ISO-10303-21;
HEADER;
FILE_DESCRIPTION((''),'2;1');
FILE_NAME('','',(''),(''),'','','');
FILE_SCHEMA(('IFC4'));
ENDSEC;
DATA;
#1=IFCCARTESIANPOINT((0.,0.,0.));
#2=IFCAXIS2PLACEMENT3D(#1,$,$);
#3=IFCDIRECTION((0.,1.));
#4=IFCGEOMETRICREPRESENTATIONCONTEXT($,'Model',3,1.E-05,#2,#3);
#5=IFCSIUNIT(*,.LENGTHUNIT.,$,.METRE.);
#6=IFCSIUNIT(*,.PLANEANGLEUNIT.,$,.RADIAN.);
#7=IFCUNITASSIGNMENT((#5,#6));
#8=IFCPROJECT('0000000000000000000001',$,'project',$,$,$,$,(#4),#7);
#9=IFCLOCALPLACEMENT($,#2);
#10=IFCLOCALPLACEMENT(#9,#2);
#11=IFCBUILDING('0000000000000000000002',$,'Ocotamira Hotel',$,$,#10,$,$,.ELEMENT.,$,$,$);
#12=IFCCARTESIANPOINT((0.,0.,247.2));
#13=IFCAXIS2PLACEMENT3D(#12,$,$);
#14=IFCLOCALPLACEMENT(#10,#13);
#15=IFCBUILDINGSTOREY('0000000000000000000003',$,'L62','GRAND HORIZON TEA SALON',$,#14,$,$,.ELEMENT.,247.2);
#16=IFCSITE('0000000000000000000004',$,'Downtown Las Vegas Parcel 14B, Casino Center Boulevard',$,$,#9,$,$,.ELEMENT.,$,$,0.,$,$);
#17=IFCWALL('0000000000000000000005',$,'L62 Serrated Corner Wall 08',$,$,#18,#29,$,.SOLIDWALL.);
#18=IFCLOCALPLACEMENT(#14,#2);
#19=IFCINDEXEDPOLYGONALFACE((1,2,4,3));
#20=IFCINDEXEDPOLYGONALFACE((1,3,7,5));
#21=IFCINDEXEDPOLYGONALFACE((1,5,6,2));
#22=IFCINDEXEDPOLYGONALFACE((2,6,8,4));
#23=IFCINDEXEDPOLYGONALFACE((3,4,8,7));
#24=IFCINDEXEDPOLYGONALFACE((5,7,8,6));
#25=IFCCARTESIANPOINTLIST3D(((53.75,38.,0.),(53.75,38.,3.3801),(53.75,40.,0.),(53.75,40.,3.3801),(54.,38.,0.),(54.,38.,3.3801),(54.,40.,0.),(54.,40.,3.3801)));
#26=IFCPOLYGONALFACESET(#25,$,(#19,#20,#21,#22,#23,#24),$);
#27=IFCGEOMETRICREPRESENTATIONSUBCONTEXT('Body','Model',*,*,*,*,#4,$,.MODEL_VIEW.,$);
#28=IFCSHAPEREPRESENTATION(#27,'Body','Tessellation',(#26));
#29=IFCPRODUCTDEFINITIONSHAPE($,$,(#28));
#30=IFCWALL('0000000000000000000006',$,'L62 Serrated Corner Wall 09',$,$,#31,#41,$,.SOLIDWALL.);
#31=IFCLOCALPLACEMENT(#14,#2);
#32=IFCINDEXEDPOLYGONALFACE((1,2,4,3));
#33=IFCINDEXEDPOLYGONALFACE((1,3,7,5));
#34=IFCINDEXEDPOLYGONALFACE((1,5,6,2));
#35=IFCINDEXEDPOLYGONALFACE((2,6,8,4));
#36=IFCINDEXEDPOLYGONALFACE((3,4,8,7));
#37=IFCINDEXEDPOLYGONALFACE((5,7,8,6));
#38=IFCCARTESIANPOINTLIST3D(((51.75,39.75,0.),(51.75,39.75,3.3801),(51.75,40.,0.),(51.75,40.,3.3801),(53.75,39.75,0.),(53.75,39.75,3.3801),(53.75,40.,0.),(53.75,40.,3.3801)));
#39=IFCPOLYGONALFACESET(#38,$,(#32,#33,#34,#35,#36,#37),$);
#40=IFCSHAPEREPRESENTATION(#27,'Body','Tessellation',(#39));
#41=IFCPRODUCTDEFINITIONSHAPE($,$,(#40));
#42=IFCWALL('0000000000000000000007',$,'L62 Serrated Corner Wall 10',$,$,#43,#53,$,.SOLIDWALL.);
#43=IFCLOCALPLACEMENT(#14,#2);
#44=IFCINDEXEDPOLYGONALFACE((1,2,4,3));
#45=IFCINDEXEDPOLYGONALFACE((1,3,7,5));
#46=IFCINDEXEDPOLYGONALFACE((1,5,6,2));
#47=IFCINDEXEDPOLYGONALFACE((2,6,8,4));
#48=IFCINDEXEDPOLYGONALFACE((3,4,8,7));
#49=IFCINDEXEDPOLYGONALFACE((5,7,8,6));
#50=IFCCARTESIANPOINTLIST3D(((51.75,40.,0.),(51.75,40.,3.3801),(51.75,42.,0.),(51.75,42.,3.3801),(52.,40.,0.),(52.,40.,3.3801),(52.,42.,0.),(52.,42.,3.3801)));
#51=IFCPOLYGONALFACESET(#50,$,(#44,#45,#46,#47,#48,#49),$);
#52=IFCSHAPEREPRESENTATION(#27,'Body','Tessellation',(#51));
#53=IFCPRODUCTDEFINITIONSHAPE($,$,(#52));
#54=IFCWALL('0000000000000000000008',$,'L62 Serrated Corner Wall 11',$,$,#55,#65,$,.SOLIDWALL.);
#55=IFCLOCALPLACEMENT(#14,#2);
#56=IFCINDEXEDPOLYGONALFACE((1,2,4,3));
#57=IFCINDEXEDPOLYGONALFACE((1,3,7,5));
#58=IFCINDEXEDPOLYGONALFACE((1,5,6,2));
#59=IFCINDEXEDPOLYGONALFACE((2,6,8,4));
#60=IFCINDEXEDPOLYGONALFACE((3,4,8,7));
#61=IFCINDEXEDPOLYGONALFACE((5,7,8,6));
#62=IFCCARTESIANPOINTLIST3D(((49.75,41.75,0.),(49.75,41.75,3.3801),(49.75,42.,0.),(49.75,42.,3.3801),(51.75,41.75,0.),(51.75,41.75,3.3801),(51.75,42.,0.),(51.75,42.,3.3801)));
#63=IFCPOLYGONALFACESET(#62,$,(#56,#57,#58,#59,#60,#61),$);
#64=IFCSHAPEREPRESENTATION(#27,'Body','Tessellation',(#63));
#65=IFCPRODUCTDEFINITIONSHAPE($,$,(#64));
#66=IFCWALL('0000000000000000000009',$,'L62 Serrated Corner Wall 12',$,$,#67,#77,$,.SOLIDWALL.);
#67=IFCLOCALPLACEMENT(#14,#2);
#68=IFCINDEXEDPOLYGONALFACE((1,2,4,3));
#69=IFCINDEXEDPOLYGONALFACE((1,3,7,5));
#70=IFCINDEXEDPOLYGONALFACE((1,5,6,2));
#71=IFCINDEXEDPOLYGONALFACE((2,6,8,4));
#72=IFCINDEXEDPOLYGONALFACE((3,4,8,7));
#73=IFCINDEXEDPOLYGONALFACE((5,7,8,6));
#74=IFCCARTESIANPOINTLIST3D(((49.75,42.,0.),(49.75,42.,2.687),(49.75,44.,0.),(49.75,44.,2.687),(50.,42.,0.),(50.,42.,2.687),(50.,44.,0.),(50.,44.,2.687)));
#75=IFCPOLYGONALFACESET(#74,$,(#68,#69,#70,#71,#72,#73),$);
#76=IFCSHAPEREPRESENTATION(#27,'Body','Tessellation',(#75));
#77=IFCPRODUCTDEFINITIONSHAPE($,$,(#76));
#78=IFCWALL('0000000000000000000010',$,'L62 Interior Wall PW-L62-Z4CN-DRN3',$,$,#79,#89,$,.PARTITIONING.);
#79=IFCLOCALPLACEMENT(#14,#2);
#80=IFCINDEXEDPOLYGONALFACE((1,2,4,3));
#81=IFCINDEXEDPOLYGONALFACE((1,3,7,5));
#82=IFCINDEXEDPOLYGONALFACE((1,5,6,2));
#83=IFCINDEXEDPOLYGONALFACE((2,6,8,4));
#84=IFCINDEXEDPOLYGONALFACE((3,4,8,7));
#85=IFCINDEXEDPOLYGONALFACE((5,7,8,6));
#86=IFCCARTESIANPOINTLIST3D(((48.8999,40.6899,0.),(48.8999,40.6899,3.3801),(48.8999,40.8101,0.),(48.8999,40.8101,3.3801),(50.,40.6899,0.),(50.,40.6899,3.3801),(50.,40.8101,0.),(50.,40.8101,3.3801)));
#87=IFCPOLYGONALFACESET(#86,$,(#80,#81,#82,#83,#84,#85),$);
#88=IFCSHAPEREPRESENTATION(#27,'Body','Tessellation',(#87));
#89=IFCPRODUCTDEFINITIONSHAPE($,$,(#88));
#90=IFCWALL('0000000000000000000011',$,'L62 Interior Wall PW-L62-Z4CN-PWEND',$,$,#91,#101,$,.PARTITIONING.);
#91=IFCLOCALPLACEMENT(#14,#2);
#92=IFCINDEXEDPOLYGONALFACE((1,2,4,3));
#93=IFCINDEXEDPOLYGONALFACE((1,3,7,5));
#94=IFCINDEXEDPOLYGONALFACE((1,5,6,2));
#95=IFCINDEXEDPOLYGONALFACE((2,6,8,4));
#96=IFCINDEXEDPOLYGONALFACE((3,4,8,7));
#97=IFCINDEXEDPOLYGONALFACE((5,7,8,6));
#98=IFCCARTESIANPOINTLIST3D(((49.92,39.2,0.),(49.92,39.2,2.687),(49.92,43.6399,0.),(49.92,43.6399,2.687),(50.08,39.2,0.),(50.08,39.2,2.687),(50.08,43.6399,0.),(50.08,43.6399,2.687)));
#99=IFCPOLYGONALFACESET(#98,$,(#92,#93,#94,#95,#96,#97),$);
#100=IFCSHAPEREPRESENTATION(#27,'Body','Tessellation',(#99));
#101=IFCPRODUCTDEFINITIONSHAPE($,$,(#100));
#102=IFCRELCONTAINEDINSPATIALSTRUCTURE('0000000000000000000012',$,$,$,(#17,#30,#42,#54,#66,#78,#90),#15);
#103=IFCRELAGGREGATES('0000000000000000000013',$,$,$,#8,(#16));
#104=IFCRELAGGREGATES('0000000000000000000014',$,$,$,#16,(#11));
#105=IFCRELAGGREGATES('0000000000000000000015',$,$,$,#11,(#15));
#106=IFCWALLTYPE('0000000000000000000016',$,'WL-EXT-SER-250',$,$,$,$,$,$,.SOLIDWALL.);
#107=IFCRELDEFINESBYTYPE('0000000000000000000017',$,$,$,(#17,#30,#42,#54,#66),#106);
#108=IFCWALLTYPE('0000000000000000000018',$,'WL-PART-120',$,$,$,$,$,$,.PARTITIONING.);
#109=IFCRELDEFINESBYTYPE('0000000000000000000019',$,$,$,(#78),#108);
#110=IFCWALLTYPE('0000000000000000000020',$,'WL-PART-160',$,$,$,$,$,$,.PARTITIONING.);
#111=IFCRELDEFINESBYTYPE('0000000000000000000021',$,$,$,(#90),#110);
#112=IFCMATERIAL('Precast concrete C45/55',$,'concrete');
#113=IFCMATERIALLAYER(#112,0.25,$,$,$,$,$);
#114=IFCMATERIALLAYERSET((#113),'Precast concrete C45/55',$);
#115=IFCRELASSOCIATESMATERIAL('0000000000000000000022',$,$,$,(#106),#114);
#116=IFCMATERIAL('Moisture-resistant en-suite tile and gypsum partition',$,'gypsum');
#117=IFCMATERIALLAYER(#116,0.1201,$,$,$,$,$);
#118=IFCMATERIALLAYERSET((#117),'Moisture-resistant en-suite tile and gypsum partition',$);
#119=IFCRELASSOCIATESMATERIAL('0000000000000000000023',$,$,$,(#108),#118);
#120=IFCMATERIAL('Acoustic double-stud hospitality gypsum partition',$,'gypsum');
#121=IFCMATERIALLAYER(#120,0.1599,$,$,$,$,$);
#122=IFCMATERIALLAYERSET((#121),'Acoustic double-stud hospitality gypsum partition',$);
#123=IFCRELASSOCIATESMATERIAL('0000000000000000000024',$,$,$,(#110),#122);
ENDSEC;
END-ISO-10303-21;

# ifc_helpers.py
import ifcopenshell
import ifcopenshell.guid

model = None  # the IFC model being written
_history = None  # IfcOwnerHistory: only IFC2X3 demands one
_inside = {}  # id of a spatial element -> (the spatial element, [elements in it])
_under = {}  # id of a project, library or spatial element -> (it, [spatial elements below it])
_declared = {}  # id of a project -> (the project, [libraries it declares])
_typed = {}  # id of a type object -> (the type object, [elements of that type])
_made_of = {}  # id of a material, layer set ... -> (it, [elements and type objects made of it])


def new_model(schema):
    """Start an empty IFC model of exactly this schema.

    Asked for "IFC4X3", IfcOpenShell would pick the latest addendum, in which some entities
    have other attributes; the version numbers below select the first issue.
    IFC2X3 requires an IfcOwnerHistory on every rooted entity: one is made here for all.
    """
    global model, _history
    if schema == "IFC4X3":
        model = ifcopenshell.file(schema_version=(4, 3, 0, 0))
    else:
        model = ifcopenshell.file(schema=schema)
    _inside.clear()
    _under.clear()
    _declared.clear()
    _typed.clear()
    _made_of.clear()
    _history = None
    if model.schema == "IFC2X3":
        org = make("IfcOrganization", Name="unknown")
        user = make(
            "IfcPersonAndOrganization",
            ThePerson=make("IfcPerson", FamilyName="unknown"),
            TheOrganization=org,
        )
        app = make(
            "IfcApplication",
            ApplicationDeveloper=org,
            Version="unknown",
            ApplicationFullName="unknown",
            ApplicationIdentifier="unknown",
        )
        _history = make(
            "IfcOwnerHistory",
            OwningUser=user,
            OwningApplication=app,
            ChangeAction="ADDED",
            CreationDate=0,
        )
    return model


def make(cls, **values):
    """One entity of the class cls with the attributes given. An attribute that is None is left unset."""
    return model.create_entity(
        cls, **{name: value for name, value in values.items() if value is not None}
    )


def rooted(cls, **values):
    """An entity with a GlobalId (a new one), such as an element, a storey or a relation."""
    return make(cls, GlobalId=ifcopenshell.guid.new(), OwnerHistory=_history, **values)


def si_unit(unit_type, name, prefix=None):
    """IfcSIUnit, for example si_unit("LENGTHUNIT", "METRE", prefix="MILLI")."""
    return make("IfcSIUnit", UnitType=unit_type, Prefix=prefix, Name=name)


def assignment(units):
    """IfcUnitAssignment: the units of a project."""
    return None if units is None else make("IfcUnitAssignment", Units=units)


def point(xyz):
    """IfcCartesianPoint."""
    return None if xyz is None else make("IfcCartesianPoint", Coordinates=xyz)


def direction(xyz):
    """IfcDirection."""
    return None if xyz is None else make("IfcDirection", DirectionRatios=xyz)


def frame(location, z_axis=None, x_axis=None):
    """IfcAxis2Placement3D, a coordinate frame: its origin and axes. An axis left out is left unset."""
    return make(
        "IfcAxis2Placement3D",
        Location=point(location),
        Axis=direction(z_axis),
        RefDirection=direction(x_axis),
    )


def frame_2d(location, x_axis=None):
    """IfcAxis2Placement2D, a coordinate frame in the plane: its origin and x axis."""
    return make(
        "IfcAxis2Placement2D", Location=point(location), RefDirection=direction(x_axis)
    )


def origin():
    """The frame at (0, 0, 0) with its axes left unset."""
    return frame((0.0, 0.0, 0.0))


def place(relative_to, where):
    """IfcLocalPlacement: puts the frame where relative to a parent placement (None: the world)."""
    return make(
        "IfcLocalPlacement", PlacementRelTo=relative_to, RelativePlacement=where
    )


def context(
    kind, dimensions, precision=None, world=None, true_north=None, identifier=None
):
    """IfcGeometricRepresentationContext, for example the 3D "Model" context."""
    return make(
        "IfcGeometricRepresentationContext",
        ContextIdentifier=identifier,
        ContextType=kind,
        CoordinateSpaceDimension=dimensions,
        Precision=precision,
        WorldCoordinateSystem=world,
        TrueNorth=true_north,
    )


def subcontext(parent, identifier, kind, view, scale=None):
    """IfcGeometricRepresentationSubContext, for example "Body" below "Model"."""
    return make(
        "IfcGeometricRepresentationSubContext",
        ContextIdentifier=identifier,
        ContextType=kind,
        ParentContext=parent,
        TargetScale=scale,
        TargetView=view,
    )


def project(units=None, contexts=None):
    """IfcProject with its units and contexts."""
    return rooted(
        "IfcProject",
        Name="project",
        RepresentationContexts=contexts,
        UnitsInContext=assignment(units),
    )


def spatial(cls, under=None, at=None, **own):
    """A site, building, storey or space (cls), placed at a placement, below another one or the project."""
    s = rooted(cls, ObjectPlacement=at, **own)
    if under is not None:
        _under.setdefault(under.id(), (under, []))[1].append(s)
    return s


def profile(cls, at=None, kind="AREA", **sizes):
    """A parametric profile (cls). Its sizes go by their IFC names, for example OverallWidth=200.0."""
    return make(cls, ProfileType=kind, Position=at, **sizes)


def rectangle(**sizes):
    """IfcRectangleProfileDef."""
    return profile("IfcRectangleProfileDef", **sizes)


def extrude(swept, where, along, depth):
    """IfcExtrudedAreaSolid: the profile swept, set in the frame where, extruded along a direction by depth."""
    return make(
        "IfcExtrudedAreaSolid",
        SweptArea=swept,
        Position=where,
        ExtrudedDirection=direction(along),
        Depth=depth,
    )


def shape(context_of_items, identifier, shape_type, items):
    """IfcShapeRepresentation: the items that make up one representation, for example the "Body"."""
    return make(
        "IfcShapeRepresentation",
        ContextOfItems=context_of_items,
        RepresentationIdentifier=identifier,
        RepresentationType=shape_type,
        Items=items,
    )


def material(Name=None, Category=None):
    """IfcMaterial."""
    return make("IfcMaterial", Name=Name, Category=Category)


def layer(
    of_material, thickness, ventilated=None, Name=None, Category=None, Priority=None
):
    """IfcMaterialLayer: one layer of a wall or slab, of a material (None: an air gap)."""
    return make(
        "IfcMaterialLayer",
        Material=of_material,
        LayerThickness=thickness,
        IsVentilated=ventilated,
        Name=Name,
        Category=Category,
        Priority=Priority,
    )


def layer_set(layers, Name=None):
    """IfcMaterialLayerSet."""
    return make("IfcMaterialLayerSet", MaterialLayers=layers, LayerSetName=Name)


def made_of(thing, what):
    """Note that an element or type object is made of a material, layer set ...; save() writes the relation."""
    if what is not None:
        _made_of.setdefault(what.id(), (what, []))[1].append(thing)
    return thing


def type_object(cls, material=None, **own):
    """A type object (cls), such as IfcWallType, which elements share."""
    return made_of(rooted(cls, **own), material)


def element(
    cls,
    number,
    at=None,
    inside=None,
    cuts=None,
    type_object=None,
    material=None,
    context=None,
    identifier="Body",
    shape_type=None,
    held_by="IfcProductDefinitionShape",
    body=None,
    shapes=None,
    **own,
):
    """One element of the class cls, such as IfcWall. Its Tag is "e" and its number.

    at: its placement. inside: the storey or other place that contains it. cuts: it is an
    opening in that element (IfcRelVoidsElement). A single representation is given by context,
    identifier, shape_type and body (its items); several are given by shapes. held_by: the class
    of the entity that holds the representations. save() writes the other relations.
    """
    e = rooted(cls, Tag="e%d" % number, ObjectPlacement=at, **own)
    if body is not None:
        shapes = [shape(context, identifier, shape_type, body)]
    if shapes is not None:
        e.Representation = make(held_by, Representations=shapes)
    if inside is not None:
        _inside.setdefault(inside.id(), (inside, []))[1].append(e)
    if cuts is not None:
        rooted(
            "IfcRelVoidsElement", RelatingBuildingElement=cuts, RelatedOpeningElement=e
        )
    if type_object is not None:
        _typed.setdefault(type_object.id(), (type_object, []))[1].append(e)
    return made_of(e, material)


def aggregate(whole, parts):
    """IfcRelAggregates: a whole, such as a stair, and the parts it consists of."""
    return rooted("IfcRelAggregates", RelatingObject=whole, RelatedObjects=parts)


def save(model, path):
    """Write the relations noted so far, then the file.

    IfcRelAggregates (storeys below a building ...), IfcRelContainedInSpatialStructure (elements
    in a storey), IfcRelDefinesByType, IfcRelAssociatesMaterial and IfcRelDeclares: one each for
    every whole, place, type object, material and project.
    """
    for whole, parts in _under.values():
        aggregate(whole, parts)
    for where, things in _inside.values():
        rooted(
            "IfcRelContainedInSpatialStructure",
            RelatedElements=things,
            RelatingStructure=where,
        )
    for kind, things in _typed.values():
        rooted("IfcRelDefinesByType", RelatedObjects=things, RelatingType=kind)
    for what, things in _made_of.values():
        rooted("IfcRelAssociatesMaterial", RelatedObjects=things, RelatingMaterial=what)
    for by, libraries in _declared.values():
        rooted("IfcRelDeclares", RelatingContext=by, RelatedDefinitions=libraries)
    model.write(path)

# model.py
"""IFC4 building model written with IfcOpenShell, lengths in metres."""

from ifc_helpers import new_model, si_unit, direction, frame, frame_2d, origin, place, context, subcontext, project, spatial, rectangle, extrude, material, layer, layer_set, type_object, element, save


model = new_model("IFC4")

# Units and contexts
model_context = context("Model", 3, precision=1e-05, world=origin(), true_north=direction((0.0, 1.0)))
body_context = subcontext(model_context, "Body", "Model", "MODEL_VIEW")
ifc_project = project(units=[si_unit("LENGTHUNIT", "METRE"), si_unit("PLANEANGLEUNIT", "RADIAN")], contexts=[model_context])

# Site, building, storey
site_placement = place(None, origin())
site = spatial("IfcSite", under=ifc_project, at=site_placement, Name="Downtown Las Vegas Parcel 14B, Casino Center Boulevard", CompositionType="ELEMENT", RefElevation=0.0)
building_placement = place(site_placement, origin())
building = spatial("IfcBuilding", under=site, at=building_placement, Name="Ocotamira Hotel", CompositionType="ELEMENT")
storey_placement = place(building_placement, frame((0.0, 0.0, 247.2)))
storey = spatial("IfcBuildingStorey", under=building, at=storey_placement, Name="L62", Description="GRAND HORIZON TEA SALON", CompositionType="ELEMENT", Elevation=247.2)

# Walls
ifc_material_1 = material(Name="Precast concrete C45/55", Category="concrete")
ifc_layer_1 = layer(ifc_material_1, 0.25)
ifc_layer_set_1 = layer_set([ifc_layer_1], Name="Precast concrete C45/55")
wall_type_1 = type_object("IfcWallType", Name="WL-EXT-SER-250", PredefinedType="SOLIDWALL", material=ifc_layer_set_1)
for number, where, z_axis, x_axis, name in (
    (1, (53.875, 38.0, 0.0), (0.0, 0.0, 1.0), (0.0, 1.0, 0.0), "L62 Serrated Corner Wall 08"),
    (2, (53.75, 39.875, 0.0), (0.0, 0.0, 1.0), (-1.0, 0.0, 0.0), "L62 Serrated Corner Wall 09"),
    (3, (51.875, 40.0, 0.0), (0.0, 0.0, 1.0), (0.0, 1.0, 0.0), "L62 Serrated Corner Wall 10"),
    (4, (51.75, 41.875, 0.0), (0.0, 0.0, 1.0), (-1.0, 0.0, 0.0), "L62 Serrated Corner Wall 11"),
):
    element("IfcWall", number, at=place(storey_placement, frame(where, z_axis=z_axis, x_axis=x_axis)), inside=storey, type_object=wall_type_1, Name=name, PredefinedType="SOLIDWALL", context=body_context, shape_type="SweptSolid", body=[
        extrude(rectangle(XDim=2.0, YDim=0.25, at=frame_2d((1.0, 0.0))), origin(), (0.0, 0.0, 1.0), 3.3801),
    ])
wall_1_placement = place(storey_placement, frame((49.875, 42.0, 0.0), z_axis=(0.0, 0.0, 1.0), x_axis=(0.0, 1.0, 0.0)))
element("IfcWall", 5, at=wall_1_placement, inside=storey, type_object=wall_type_1, Name="L62 Serrated Corner Wall 12", PredefinedType="SOLIDWALL", context=body_context, shape_type="SweptSolid", body=[
    extrude(rectangle(XDim=2.0, YDim=0.25, at=frame_2d((1.0, 0.0))), origin(), (0.0, 0.0, 1.0), 2.687),
])

# Walls
ifc_material_2 = material(Name="Moisture-resistant en-suite tile and gypsum partition", Category="gypsum")
ifc_layer_2 = layer(ifc_material_2, 0.1201)
ifc_layer_set_2 = layer_set([ifc_layer_2], Name="Moisture-resistant en-suite tile and gypsum partition")
wall_type_2 = type_object("IfcWallType", Name="WL-PART-120", PredefinedType="PARTITIONING", material=ifc_layer_set_2)
wall_2_placement = place(storey_placement, frame((48.8999, 40.75, 0.0), z_axis=(0.0, 0.0, 1.0), x_axis=(1.0, 0.0, 0.0)))
element("IfcWall", 6, at=wall_2_placement, inside=storey, type_object=wall_type_2, Name="L62 Interior Wall PW-L62-Z4CN-DRN3", PredefinedType="PARTITIONING", context=body_context, shape_type="SweptSolid", body=[
    extrude(rectangle(XDim=1.1001, YDim=0.1201, at=frame_2d((0.55, 0.0))), origin(), (0.0, 0.0, 1.0), 3.3801),
])
ifc_material_3 = material(Name="Acoustic double-stud hospitality gypsum partition", Category="gypsum")
ifc_layer_3 = layer(ifc_material_3, 0.1599)
ifc_layer_set_3 = layer_set([ifc_layer_3], Name="Acoustic double-stud hospitality gypsum partition")
wall_type_3 = type_object("IfcWallType", Name="WL-PART-160", PredefinedType="PARTITIONING", material=ifc_layer_set_3)
wall_3_placement = place(storey_placement, frame((50.0, 39.2, 0.0), z_axis=(0.0, 0.0, 1.0), x_axis=(0.0, 1.0, 0.0)))
element("IfcWall", 7, at=wall_3_placement, inside=storey, type_object=wall_type_3, Name="L62 Interior Wall PW-L62-Z4CN-PWEND", PredefinedType="PARTITIONING", context=body_context, shape_type="SweptSolid", body=[
    extrude(rectangle(XDim=4.4399, YDim=0.1599, at=frame_2d((2.22, 0.0))), origin(), (0.0, 0.0, 1.0), 2.687),
])

save(model, "model.ifc")
